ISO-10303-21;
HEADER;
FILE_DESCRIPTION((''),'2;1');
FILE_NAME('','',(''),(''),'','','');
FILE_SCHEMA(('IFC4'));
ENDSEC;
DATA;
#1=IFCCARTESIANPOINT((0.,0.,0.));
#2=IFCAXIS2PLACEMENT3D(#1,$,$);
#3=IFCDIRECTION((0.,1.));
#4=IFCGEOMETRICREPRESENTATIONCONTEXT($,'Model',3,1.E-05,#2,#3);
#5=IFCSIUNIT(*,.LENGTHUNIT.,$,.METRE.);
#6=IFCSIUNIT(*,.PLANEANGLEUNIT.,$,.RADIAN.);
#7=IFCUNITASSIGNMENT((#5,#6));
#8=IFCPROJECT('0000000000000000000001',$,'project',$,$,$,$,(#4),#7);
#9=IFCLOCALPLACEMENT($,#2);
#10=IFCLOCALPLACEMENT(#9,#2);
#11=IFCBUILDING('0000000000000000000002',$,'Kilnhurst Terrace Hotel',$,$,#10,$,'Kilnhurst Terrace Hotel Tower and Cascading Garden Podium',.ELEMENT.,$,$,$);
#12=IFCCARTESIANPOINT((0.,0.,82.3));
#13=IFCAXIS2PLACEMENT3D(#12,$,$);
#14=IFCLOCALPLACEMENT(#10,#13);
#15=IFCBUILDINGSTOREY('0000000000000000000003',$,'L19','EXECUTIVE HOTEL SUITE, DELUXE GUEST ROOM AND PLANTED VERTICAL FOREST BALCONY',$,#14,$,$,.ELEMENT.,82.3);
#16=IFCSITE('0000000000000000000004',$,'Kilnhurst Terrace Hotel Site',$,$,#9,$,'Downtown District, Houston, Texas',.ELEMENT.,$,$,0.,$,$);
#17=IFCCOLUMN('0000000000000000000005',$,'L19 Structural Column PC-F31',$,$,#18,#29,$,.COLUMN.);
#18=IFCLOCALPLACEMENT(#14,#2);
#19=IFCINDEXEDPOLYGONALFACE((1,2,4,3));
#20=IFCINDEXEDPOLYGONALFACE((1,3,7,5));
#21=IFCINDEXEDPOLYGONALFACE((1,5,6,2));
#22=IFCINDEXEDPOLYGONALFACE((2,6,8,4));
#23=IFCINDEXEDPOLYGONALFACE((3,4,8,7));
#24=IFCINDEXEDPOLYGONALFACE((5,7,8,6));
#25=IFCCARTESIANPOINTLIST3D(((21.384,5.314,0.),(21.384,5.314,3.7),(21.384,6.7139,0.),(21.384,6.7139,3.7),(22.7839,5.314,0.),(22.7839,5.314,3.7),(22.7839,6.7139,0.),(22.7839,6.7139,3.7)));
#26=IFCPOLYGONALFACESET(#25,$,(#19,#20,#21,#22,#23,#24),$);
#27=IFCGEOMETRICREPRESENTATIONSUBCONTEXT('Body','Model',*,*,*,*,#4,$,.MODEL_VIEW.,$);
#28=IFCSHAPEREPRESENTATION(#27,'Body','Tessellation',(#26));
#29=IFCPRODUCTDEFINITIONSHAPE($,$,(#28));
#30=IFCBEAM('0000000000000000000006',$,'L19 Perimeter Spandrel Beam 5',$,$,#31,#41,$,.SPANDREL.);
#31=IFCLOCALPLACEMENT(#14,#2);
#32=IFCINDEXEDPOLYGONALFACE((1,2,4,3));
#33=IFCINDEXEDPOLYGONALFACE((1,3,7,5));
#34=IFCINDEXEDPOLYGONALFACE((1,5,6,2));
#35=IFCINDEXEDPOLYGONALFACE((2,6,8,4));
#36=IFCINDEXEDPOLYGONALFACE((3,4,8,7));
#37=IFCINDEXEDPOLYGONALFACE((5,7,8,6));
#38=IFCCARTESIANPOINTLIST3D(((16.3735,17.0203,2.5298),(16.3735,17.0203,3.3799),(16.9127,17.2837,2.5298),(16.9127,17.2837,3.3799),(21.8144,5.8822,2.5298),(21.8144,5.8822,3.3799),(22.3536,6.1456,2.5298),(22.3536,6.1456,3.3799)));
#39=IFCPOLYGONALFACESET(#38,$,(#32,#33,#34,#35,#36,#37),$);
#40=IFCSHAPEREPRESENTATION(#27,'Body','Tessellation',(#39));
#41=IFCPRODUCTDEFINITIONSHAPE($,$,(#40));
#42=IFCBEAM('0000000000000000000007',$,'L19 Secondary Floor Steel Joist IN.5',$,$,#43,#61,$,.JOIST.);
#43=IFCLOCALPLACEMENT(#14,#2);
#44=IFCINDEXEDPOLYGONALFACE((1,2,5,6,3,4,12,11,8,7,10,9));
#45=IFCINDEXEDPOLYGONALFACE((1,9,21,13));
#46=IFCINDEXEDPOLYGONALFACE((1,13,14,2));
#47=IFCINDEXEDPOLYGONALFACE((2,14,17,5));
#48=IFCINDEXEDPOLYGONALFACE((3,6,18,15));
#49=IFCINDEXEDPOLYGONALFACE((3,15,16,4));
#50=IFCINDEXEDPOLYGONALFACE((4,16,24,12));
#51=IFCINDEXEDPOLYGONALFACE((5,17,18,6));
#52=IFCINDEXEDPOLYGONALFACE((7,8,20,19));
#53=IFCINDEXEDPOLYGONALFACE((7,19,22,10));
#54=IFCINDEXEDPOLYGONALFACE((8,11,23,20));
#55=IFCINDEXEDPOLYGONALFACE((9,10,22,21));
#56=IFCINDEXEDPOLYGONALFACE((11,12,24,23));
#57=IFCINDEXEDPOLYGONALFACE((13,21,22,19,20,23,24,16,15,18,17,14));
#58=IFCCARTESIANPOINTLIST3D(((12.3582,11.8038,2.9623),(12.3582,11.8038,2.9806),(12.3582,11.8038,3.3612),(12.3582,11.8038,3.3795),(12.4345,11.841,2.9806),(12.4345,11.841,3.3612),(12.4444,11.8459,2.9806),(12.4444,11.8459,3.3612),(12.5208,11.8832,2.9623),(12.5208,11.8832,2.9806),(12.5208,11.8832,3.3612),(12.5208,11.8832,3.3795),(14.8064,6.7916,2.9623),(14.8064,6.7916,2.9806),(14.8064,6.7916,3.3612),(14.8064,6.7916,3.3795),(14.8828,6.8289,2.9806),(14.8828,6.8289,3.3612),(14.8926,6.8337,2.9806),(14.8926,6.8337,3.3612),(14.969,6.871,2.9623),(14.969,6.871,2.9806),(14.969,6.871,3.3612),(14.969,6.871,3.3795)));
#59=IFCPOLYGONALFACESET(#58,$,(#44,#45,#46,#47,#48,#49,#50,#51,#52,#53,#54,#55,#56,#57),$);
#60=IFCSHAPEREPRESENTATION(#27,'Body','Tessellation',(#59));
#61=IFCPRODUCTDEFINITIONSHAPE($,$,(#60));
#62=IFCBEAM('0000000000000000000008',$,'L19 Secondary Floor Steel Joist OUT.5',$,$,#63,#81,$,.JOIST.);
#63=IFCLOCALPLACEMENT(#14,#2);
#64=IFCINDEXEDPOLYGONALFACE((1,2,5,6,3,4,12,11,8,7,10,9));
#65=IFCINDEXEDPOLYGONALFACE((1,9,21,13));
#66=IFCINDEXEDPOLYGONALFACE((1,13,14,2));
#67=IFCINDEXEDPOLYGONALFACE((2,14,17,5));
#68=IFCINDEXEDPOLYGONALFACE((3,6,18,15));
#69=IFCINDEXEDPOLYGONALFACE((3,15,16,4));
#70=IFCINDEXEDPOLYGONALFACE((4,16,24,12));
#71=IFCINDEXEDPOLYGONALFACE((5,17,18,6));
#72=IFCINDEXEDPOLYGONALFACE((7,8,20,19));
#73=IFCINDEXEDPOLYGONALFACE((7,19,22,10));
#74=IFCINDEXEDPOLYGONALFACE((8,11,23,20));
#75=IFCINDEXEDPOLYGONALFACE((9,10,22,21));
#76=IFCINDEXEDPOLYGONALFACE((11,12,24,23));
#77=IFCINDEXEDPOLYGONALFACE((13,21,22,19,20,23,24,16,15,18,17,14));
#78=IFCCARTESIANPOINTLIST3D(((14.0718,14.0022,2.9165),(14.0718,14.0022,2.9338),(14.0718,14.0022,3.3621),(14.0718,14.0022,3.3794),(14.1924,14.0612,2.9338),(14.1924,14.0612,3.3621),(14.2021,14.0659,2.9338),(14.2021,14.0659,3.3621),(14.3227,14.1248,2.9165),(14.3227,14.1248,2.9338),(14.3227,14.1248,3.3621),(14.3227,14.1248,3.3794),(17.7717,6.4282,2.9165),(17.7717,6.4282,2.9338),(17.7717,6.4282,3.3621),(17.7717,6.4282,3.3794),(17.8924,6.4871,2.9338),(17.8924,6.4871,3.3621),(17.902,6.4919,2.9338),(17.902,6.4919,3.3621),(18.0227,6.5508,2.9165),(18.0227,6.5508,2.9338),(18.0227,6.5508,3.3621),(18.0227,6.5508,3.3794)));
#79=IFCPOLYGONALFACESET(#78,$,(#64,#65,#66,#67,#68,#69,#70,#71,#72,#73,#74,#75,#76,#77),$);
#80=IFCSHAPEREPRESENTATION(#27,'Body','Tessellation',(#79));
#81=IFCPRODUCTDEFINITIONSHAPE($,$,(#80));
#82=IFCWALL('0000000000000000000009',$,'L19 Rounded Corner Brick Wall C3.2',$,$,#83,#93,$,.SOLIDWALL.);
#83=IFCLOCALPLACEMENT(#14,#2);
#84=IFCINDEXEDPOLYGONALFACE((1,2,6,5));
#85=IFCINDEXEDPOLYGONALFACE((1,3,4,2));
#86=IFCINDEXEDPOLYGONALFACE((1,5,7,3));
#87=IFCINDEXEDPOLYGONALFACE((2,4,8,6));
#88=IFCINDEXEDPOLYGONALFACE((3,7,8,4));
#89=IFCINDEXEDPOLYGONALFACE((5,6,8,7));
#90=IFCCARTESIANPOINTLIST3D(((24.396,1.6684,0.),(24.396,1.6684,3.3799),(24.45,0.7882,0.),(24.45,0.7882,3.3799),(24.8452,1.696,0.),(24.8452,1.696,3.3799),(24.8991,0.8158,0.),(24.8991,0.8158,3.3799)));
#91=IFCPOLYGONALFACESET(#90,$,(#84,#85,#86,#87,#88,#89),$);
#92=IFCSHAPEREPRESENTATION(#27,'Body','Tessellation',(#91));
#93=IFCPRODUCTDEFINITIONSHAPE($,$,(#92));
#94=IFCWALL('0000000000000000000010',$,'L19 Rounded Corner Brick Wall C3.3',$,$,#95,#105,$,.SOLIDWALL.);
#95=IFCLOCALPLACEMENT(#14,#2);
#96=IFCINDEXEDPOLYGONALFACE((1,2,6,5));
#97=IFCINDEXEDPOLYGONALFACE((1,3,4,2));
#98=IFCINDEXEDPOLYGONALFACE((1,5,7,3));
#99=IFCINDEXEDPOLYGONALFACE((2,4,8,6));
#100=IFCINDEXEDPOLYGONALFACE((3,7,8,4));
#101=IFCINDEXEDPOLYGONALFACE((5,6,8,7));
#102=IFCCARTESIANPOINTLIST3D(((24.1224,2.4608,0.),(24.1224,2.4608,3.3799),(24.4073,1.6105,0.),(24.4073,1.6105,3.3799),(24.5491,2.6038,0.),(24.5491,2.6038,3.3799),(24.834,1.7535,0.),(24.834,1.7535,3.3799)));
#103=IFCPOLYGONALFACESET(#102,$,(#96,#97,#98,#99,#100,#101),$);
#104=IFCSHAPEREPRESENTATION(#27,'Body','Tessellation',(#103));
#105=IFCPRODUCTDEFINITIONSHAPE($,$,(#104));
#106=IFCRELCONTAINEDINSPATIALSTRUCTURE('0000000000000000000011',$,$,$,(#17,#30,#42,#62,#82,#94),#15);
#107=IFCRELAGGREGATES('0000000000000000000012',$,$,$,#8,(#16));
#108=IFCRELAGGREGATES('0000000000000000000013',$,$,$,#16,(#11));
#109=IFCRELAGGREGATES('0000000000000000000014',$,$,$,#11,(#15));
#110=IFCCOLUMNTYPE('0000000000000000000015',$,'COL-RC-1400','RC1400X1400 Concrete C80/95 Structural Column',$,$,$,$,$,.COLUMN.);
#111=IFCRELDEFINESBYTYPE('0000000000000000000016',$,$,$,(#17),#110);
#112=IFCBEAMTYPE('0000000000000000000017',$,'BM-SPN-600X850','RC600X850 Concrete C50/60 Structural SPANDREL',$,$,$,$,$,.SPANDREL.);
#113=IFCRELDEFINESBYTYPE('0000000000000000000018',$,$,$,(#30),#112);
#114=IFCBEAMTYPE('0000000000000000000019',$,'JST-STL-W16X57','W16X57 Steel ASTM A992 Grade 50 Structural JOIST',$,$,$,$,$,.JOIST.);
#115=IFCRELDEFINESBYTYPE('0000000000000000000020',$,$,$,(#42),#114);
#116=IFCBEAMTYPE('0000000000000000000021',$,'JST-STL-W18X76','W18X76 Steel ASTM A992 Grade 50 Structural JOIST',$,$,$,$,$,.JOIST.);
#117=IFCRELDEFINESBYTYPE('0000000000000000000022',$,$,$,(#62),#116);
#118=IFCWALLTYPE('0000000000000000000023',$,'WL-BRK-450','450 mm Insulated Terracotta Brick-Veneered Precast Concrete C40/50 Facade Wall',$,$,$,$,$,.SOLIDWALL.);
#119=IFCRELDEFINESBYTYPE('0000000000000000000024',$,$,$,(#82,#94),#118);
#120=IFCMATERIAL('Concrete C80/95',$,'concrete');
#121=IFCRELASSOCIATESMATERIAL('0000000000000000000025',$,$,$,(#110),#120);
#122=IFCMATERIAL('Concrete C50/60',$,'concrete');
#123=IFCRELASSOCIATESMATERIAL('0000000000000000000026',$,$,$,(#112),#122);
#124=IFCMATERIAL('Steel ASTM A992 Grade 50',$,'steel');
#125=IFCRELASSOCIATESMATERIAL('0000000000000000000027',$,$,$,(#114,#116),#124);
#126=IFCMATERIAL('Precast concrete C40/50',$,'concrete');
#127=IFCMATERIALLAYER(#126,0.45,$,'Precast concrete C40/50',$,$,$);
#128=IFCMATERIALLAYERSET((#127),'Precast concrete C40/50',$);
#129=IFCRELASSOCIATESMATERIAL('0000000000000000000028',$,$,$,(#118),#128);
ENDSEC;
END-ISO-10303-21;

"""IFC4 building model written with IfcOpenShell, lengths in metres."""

from ifc_helpers import new_model, si_unit, direction, frame, frame_2d, origin, origin_2d, place, context, subcontext, project, spatial, rectangle, i_section, extrude, material, layer, layer_set, material_profile, profile_set, type_object, element, save


model = new_model("IFC4")

# Units and contexts
model_context = context("Model", 3, precision=1e-05, world=origin(), true_north=direction((0.0, 1.0)))
body_context = subcontext(model_context, "Body", "Model", "MODEL_VIEW")
ifc_project = project(units=[si_unit("LENGTHUNIT", "METRE"), si_unit("PLANEANGLEUNIT", "RADIAN")], contexts=[model_context])

# Site, building, storey
site_placement = place(None, origin())
site = spatial("IfcSite", under=ifc_project, at=site_placement, Name="Kilnhurst Terrace Hotel Site", LongName="Downtown District, Houston, Texas", CompositionType="ELEMENT", RefElevation=0.0)
building_placement = place(site_placement, origin())
building = spatial("IfcBuilding", under=site, at=building_placement, Name="Kilnhurst Terrace Hotel", LongName="Kilnhurst Terrace Hotel Tower and Cascading Garden Podium", CompositionType="ELEMENT")
storey_placement = place(building_placement, frame((0.0, 0.0, 82.3)))
storey = spatial("IfcBuildingStorey", under=building, at=storey_placement, Name="L19", Description="EXECUTIVE HOTEL SUITE, DELUXE GUEST ROOM AND PLANTED VERTICAL FOREST BALCONY", CompositionType="ELEMENT", Elevation=82.3)

# Column
ifc_material_1 = material(Name="Concrete C80/95", Category="concrete")
ifc_material_profile_1 = material_profile(ifc_material_1, rectangle(XDim=1.3999, YDim=1.3999, at=origin_2d()), Name="RC1400X1400")
ifc_profile_set_1 = profile_set([ifc_material_profile_1], Name="Concrete C80/95")
column_type = type_object("IfcColumnType", Name="COL-RC-1400", Description="RC1400X1400 Concrete C80/95 Structural Column", PredefinedType="COLUMN", material=ifc_profile_set_1)
column_placement = place(storey_placement, frame((22.084, 6.0139, 0.0), z_axis=(0.0, 0.0, 1.0), x_axis=(1.0, 0.0, 0.0)))
element("IfcColumn", 1, at=column_placement, inside=storey, type_object=column_type, Name="L19 Structural Column PC-F31", PredefinedType="COLUMN", context=body_context, shape_type="SweptSolid", body=[
    extrude(rectangle(XDim=1.3999, YDim=1.3999, at=origin_2d()), origin(), (0.0, 0.0, 1.0), 3.7),
])

# Beams
ifc_material_2 = material(Name="Concrete C50/60", Category="concrete")
ifc_material_profile_2 = material_profile(ifc_material_2, rectangle(XDim=0.6001, YDim=0.8501, at=origin_2d()), Name="RC600X850")
ifc_profile_set_2 = profile_set([ifc_material_profile_2], Name="Concrete C50/60")
beam_type_1 = type_object("IfcBeamType", Name="BM-SPN-600X850", Description="RC600X850 Concrete C50/60 Structural SPANDREL", PredefinedType="SPANDREL", material=ifc_profile_set_2)
beam_1_placement = place(storey_placement, frame((22.084, 6.0139, 2.9548), z_axis=(-0.438923, 0.898525, 0.0), x_axis=(-0.898525, -0.438923, 0.0)))
element("IfcBeam", 2, at=beam_1_placement, inside=storey, type_object=beam_type_1, Name="L19 Perimeter Spandrel Beam 5", PredefinedType="SPANDREL", context=body_context, shape_type="SweptSolid", body=[
    extrude(rectangle(XDim=0.6001, YDim=0.8501, at=origin_2d()), origin(), (0.0, 0.0, 1.0), 12.396),
])
ifc_material_3 = material(Name="Steel ASTM A992 Grade 50", Category="steel")
ifc_material_profile_3 = material_profile(ifc_material_3, i_section(OverallWidth=0.1809, OverallDepth=0.4172, WebThickness=0.011, FlangeThickness=0.0183, at=origin_2d()), Name="W16X57")
ifc_profile_set_3 = profile_set([ifc_material_profile_3], Name="Steel ASTM A992 Grade 50")
beam_type_2 = type_object("IfcBeamType", Name="JST-STL-W16X57", Description="W16X57 Steel ASTM A992 Grade 50 Structural JOIST", PredefinedType="JOIST", material=ifc_profile_set_3)
beam_2_placement = place(storey_placement, frame((14.8877, 6.8313, 3.1709), z_axis=(-0.438896, 0.898538, 0.0), x_axis=(-0.898538, -0.438896, 0.0)))
element("IfcBeam", 3, at=beam_2_placement, inside=storey, type_object=beam_type_2, Name="L19 Secondary Floor Steel Joist IN.5", PredefinedType="JOIST", context=body_context, shape_type="SweptSolid", body=[
    extrude(i_section(OverallWidth=0.1809, OverallDepth=0.4172, WebThickness=0.011, FlangeThickness=0.0183, at=origin_2d()), origin(), (0.0, 0.0, 1.0), 5.5781),
])
ifc_material_profile_4 = material_profile(ifc_material_3, i_section(OverallWidth=0.2793, OverallDepth=0.4629, WebThickness=0.0107, FlangeThickness=0.0173, at=origin_2d()), Name="W18X76")
ifc_profile_set_4 = profile_set([ifc_material_profile_4], Name="Steel ASTM A992 Grade 50")
beam_type_3 = type_object("IfcBeamType", Name="JST-STL-W18X76", Description="W18X76 Steel ASTM A992 Grade 50 Structural JOIST", PredefinedType="JOIST", material=ifc_profile_set_4)
beam_3_placement = place(storey_placement, frame((17.8972, 6.4895, 3.1479), z_axis=(-0.438934, 0.898519, 0.0), x_axis=(-0.898519, -0.438934, 0.0)))
element("IfcBeam", 4, at=beam_3_placement, inside=storey, type_object=beam_type_3, Name="L19 Secondary Floor Steel Joist OUT.5", PredefinedType="JOIST", context=body_context, shape_type="SweptSolid", body=[
    extrude(i_section(OverallWidth=0.2793, OverallDepth=0.4629, WebThickness=0.0107, FlangeThickness=0.0173, at=origin_2d()), origin(), (0.0, 0.0, 1.0), 8.4294),
])

# Walls
ifc_material_4 = material(Name="Precast concrete C40/50", Category="concrete")
ifc_layer_1 = layer(ifc_material_4, 0.45, Name="Precast concrete C40/50")
ifc_layer_set_1 = layer_set([ifc_layer_1], Name="Precast concrete C40/50")
wall_type_1 = type_object("IfcWallType", Name="WL-BRK-450", Description="450 mm Insulated Terracotta Brick-Veneered Precast Concrete C40/50 Facade Wall", PredefinedType="SOLIDWALL", material=ifc_layer_set_1)
wall_1_placement = place(storey_placement, frame((24.6746, 0.802, 0.0), z_axis=(0.0, 0.0, 1.0), x_axis=(-0.061189, 0.998126, 0.0)))
element("IfcWall", 5, at=wall_1_placement, inside=storey, type_object=wall_type_1, Name="L19 Rounded Corner Brick Wall C3.2", PredefinedType="SOLIDWALL", context=body_context, shape_type="SweptSolid", body=[
    extrude(rectangle(XDim=0.8818, YDim=0.45, at=frame_2d((0.4409, 0.0))), origin(), (0.0, 0.0, 1.0), 3.3799),
])
wall_2_placement = place(storey_placement, frame((24.6206, 1.6821, 0.0), z_axis=(0.0, 0.0, 1.0), x_axis=(-0.317697, 0.948192, 0.0)))
element("IfcWall", 6, at=wall_2_placement, inside=storey, type_object=wall_type_1, Name="L19 Rounded Corner Brick Wall C3.3", PredefinedType="SOLIDWALL", context=body_context, shape_type="SweptSolid", body=[
    extrude(rectangle(XDim=0.8967, YDim=0.45, at=frame_2d((0.4482, 0.0))), origin(), (0.0, 0.0, 1.0), 3.3799),
])

save(model, "model.ifc")
